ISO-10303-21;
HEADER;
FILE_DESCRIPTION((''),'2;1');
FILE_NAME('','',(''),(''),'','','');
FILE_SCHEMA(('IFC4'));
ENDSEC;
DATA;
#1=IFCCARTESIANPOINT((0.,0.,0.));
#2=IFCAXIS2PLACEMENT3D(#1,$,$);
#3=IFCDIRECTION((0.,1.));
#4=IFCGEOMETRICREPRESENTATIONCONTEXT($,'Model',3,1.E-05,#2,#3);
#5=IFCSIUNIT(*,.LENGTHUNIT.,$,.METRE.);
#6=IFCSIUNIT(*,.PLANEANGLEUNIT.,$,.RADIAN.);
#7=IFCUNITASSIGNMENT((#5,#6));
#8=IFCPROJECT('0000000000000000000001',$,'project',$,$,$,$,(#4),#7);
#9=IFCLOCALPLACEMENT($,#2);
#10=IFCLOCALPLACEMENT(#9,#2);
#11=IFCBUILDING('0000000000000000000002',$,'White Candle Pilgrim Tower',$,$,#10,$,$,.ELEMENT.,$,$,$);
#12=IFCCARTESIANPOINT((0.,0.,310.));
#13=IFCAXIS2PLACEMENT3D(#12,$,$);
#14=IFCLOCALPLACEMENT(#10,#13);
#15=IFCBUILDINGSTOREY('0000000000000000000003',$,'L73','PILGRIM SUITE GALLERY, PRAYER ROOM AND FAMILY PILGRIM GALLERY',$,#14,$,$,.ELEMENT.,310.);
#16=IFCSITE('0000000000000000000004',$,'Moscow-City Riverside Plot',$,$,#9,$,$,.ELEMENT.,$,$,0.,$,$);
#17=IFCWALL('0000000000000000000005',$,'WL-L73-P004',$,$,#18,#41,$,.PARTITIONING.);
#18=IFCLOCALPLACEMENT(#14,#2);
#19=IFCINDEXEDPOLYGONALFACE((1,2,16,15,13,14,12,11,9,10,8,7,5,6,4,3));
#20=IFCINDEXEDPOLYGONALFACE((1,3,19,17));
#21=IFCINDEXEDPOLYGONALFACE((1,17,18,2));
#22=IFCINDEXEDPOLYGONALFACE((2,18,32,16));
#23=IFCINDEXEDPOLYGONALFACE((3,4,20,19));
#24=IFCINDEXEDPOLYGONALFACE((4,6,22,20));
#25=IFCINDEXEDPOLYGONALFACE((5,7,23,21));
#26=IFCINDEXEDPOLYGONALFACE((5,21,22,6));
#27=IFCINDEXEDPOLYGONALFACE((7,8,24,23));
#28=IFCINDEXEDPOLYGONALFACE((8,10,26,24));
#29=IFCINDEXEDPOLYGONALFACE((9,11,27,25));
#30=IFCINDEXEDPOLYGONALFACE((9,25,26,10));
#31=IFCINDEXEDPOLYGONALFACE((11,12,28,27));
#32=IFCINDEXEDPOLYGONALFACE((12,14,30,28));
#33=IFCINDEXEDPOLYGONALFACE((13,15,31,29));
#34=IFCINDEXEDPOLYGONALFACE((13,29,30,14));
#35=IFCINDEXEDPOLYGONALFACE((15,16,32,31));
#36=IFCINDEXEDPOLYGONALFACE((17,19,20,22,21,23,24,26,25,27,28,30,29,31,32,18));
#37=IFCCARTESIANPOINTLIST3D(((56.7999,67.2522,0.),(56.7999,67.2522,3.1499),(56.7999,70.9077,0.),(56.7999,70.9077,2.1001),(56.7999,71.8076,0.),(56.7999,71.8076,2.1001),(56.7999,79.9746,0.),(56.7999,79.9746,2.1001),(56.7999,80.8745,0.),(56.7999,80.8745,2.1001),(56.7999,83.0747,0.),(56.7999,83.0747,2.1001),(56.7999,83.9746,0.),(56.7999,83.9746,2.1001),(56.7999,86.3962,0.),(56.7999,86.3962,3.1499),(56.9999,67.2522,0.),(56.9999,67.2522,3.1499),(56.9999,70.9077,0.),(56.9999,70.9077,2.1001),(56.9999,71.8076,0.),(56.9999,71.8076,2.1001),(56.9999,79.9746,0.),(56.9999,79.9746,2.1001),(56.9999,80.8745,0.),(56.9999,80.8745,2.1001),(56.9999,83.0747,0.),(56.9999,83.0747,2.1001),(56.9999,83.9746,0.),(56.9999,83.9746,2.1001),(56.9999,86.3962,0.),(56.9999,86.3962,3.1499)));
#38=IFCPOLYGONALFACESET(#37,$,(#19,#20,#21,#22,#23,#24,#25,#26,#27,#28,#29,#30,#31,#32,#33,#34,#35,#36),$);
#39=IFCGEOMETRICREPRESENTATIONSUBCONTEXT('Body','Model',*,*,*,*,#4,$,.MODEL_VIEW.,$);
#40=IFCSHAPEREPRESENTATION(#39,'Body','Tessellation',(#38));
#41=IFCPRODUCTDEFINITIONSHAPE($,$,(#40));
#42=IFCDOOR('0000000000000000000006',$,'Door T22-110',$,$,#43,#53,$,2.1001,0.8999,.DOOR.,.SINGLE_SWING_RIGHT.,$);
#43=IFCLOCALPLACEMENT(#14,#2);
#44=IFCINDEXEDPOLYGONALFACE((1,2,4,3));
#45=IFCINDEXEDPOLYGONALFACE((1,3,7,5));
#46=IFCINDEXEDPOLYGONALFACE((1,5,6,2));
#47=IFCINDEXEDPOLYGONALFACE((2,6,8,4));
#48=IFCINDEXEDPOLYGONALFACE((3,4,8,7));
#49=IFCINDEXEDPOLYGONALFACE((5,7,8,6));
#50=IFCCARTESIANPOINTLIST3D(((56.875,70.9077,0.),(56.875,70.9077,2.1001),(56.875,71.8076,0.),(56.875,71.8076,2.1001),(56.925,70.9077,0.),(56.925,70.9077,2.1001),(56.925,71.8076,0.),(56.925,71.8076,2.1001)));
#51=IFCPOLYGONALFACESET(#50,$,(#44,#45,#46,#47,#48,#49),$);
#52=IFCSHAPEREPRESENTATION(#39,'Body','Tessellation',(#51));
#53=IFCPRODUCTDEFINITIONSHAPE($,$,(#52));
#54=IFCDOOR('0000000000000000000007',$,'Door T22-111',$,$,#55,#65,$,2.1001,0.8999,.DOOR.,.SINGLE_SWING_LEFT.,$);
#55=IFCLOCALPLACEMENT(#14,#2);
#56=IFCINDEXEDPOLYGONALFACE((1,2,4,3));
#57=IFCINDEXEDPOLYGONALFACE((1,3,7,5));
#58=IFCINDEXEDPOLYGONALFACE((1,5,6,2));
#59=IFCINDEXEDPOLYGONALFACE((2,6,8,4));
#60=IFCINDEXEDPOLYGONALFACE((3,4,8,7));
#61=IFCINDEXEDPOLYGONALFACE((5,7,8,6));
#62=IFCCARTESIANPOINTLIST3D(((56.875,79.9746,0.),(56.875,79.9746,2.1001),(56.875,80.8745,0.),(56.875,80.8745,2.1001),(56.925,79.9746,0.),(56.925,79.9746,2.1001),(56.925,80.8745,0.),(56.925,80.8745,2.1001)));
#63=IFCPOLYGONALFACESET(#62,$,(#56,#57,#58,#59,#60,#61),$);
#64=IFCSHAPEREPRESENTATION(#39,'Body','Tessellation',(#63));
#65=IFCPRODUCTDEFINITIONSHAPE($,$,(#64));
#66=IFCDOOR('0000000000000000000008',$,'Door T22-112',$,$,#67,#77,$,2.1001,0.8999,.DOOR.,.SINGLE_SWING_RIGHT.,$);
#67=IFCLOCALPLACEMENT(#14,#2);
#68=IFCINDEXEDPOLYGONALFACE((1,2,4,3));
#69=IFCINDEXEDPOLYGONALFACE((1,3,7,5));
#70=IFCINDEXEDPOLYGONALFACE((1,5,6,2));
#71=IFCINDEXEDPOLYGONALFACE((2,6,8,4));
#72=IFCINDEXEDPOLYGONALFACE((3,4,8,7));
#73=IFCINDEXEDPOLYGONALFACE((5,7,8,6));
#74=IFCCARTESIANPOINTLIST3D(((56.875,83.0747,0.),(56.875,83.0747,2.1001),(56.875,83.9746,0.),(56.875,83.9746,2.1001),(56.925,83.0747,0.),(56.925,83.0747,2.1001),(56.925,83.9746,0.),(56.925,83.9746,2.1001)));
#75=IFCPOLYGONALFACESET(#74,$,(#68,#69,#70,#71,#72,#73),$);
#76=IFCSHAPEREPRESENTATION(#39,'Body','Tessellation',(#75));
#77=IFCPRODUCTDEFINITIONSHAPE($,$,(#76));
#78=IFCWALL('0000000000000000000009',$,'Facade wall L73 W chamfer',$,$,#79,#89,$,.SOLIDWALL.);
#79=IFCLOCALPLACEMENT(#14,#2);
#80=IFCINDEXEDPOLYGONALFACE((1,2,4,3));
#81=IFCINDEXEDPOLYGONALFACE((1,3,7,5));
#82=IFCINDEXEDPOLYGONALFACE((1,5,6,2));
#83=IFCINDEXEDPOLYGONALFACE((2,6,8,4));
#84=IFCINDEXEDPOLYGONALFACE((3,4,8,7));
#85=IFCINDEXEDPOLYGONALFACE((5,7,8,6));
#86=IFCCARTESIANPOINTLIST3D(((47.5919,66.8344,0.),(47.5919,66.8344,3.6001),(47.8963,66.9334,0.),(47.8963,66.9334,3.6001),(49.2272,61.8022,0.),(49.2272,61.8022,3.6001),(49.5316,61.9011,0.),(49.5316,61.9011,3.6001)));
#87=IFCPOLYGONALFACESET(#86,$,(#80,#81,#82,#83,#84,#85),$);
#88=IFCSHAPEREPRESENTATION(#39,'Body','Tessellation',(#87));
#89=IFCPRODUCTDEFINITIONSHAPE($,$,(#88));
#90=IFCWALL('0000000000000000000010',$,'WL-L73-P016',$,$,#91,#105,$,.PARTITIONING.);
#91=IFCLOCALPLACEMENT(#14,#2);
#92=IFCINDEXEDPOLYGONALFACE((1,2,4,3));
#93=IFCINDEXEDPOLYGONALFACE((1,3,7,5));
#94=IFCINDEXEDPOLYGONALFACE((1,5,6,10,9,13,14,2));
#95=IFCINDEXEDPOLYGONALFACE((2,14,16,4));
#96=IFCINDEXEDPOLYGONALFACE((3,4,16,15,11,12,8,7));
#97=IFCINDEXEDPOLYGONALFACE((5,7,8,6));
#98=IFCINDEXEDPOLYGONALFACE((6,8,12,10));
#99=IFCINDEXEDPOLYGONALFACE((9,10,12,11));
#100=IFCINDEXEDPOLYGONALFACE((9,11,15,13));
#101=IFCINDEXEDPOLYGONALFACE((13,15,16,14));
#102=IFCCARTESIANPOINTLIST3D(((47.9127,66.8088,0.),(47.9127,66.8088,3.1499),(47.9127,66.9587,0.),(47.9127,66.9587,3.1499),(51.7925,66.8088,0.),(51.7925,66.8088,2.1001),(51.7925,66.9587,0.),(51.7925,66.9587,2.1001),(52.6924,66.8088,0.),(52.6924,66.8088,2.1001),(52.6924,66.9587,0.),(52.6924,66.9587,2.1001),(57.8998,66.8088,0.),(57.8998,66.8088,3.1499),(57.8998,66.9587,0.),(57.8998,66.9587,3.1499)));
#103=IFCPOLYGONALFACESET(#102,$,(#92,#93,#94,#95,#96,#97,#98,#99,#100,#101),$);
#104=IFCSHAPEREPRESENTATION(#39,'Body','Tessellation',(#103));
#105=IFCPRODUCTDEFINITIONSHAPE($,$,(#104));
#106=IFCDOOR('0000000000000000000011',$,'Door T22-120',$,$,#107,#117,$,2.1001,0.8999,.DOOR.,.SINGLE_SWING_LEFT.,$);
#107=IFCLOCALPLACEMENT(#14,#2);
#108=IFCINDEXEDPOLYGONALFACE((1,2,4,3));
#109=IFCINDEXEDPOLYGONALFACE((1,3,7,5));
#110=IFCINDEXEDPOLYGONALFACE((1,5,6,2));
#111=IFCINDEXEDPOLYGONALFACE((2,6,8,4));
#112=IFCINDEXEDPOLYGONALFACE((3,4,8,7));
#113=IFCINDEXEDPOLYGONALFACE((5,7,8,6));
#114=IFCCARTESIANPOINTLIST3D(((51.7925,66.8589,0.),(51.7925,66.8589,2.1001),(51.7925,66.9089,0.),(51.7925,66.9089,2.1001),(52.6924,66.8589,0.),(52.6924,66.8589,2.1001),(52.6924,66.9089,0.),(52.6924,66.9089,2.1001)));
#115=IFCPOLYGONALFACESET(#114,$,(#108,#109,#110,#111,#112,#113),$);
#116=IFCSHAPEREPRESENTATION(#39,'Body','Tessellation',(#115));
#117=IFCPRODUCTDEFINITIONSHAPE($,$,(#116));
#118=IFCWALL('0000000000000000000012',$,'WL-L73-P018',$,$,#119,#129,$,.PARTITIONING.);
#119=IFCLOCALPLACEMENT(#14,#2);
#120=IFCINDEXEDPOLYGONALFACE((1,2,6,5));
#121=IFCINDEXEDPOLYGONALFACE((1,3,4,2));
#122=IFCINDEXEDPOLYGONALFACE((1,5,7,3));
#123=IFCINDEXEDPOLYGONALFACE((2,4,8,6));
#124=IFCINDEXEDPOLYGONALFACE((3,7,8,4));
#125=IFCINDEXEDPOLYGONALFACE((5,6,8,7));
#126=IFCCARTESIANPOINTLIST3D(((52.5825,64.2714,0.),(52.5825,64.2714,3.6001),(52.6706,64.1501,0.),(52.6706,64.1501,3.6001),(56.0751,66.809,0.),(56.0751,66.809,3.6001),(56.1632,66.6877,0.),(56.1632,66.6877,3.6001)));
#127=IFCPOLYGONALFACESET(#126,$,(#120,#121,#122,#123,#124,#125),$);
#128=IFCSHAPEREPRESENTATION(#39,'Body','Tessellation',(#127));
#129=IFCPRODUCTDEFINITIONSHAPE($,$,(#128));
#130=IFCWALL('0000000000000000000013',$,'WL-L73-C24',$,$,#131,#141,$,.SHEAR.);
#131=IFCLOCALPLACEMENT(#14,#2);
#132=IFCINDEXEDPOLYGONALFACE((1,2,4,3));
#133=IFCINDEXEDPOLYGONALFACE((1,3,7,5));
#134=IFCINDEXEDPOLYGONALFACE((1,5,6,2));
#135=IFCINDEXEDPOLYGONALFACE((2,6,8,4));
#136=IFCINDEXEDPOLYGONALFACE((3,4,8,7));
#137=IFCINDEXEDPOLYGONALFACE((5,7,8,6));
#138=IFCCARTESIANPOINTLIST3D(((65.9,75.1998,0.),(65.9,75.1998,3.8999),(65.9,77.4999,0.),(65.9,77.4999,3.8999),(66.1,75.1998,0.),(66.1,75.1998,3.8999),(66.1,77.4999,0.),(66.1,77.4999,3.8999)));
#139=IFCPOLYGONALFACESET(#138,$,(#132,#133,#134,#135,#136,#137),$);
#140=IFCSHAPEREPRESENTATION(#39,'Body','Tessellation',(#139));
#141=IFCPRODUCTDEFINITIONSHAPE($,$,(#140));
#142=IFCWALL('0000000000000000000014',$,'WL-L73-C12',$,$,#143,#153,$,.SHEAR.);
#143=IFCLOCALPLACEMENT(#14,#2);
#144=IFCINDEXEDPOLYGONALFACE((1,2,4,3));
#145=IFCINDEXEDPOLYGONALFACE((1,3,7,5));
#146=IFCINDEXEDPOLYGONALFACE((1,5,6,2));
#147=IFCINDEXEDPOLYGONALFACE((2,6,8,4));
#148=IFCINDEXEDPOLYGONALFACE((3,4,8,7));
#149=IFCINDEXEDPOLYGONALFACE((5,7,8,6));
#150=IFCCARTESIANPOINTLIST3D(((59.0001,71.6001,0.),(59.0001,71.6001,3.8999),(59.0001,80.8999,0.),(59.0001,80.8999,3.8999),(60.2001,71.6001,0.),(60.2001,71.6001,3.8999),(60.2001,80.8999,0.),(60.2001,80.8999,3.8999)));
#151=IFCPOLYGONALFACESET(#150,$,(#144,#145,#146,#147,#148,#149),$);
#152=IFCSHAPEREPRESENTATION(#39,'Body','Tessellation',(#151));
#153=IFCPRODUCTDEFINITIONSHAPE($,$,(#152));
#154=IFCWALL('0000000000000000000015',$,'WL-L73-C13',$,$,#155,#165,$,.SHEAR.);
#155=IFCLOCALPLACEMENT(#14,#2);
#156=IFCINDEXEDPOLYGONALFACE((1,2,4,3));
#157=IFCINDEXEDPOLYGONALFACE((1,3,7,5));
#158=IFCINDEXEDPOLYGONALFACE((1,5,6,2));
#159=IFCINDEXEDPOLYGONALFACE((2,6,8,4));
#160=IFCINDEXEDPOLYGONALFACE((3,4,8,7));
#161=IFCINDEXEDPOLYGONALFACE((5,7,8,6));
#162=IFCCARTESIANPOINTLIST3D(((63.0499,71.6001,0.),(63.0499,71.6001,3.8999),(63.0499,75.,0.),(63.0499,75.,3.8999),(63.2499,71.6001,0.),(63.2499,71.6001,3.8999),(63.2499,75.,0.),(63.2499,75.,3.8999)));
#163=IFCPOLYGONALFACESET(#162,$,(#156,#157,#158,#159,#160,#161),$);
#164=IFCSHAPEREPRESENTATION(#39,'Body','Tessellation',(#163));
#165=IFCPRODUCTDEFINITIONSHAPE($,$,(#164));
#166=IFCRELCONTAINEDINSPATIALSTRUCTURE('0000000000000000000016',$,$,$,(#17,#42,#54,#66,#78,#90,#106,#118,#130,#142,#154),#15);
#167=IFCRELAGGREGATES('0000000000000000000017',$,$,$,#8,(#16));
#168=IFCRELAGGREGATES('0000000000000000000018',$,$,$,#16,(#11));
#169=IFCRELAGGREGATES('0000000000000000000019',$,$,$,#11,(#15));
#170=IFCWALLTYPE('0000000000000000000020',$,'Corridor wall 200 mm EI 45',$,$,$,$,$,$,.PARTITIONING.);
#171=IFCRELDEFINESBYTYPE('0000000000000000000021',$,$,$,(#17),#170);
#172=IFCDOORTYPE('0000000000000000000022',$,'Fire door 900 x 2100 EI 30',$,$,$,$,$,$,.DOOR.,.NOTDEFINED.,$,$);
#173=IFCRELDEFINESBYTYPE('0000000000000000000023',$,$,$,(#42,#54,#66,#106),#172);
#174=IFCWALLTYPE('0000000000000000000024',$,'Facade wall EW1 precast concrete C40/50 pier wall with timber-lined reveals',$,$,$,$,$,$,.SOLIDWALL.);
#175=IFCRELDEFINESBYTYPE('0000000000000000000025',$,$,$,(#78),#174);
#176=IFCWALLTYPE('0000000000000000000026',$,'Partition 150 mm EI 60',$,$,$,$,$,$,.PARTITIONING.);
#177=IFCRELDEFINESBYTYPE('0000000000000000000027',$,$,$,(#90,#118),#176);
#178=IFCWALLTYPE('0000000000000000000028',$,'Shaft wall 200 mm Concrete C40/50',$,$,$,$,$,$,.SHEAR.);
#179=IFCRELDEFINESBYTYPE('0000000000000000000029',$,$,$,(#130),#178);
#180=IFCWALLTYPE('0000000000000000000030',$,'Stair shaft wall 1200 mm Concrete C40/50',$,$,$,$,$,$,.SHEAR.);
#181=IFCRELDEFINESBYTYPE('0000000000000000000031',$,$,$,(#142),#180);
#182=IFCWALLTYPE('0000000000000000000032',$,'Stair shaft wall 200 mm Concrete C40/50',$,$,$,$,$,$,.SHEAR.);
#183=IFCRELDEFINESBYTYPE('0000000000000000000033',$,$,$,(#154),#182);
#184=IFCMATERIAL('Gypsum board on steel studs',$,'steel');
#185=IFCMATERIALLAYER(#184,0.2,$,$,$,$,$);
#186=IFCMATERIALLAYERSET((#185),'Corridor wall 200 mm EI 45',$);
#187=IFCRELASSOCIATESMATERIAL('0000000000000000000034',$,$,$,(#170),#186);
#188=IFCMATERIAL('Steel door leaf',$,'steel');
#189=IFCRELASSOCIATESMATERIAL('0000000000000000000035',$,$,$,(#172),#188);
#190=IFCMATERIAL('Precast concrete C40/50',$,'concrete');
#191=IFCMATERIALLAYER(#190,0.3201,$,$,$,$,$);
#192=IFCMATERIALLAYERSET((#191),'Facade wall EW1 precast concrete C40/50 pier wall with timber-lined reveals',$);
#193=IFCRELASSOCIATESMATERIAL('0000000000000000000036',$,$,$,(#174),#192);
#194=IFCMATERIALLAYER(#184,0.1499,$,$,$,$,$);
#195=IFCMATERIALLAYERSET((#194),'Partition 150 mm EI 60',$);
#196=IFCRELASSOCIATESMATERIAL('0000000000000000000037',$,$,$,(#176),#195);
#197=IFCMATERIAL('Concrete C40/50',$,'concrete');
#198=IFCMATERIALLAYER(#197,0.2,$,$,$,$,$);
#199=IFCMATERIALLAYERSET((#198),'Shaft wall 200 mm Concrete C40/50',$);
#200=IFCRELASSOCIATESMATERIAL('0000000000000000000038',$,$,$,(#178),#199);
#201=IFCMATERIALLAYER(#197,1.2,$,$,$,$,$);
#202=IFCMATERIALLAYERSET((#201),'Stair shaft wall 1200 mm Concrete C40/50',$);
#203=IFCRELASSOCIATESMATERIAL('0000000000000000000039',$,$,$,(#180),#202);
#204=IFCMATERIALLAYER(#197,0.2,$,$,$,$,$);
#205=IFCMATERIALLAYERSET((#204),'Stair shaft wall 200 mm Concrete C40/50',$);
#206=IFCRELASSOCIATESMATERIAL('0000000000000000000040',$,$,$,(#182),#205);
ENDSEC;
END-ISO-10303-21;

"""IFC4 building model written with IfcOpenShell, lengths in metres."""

from ifc_helpers import new_model, si_unit, direction, frame, frame_2d, origin, place, context, subcontext, project, spatial, rectangle, extrude, material, layer, layer_set, type_object, element, fill, save


model = new_model("IFC4")

# Units and contexts
model_context = context("Model", 3, precision=1e-05, world=origin(), true_north=direction((0.0, 1.0)))
body_context = subcontext(model_context, "Body", "Model", "MODEL_VIEW")
ifc_project = project(units=[si_unit("LENGTHUNIT", "METRE"), si_unit("PLANEANGLEUNIT", "RADIAN")], contexts=[model_context])

# Site, building, storey
site_placement = place(None, origin())
site = spatial("IfcSite", under=ifc_project, at=site_placement, Name="Moscow-City Riverside Plot", CompositionType="ELEMENT", RefElevation=0.0)
building_placement = place(site_placement, origin())
building = spatial("IfcBuilding", under=site, at=building_placement, Name="White Candle Pilgrim Tower", CompositionType="ELEMENT")
storey_placement = place(building_placement, frame((0.0, 0.0, 310.0)))
storey = spatial("IfcBuildingStorey", under=building, at=storey_placement, Name="L73", Description="PILGRIM SUITE GALLERY, PRAYER ROOM AND FAMILY PILGRIM GALLERY", CompositionType="ELEMENT", Elevation=310.0)

# Wall, openings, doors
ifc_material_1 = material(Name="Gypsum board on steel studs", Category="steel")
ifc_layer_1 = layer(ifc_material_1, 0.2)
ifc_layer_set_1 = layer_set([ifc_layer_1], Name="Corridor wall 200 mm EI 45")
wall_type_1 = type_object("IfcWallType", Name="Corridor wall 200 mm EI 45", PredefinedType="PARTITIONING", material=ifc_layer_set_1)
wall_1_placement = place(storey_placement, frame((56.8999, 67.2522, 0.0), z_axis=(0.0, 0.0, 1.0), x_axis=(0.0, 1.0, 0.0)))
wall_1 = element("IfcWall", 1, at=wall_1_placement, inside=storey, type_object=wall_type_1, Name="WL-L73-P004", PredefinedType="PARTITIONING", context=body_context, shape_type="SweptSolid", body=[
    extrude(rectangle(XDim=19.144, YDim=0.2, at=frame_2d((9.572, 0.0))), origin(), (0.0, 0.0, 1.0), 3.1499),
])
opening_1_placement = place(wall_1_placement, frame((3.6555, 0.0, 0.0)))
opening_1 = element("IfcOpeningElement", 2, at=opening_1_placement, cuts=wall_1, PredefinedType="OPENING", context=body_context, shape_type="SweptSolid", body=[
    extrude(rectangle(XDim=0.8999, YDim=2.1001, at=frame_2d((0.45, 1.05))), frame((0.0, 0.1099, 0.0), z_axis=(0.0, -1.0, 0.0), x_axis=(1.0, 0.0, 0.0)), (0.0, 0.0, 1.0), 0.22),
])
opening_2_placement = place(wall_1_placement, frame((12.7224, 0.0, 0.0)))
opening_2 = element("IfcOpeningElement", 3, at=opening_2_placement, cuts=wall_1, PredefinedType="OPENING", context=body_context, shape_type="SweptSolid", body=[
    extrude(rectangle(XDim=0.8999, YDim=2.1001, at=frame_2d((0.45, 1.05))), frame((0.0, 0.1099, 0.0), z_axis=(0.0, -1.0, 0.0), x_axis=(1.0, 0.0, 0.0)), (0.0, 0.0, 1.0), 0.22),
])
opening_3_placement = place(wall_1_placement, frame((15.8225, 0.0, 0.0)))
opening_3 = element("IfcOpeningElement", 4, at=opening_3_placement, cuts=wall_1, PredefinedType="OPENING", context=body_context, shape_type="SweptSolid", body=[
    extrude(rectangle(XDim=0.8999, YDim=2.1001, at=frame_2d((0.45, 1.05))), frame((0.0, 0.1099, 0.0), z_axis=(0.0, -1.0, 0.0), x_axis=(1.0, 0.0, 0.0)), (0.0, 0.0, 1.0), 0.22),
])
ifc_material_2 = material(Name="Steel door leaf", Category="steel")
door_type_1 = type_object("IfcDoorType", Name="Fire door 900 x 2100 EI 30", OperationType="NOTDEFINED", PredefinedType="DOOR", material=ifc_material_2)
door_1_placement = place(opening_1_placement, origin())
door_1 = element("IfcDoor", 5, at=door_1_placement, inside=storey, type_object=door_type_1, Name="Door T22-110", OperationType="SINGLE_SWING_RIGHT", OverallHeight=2.1001, OverallWidth=0.8999, PredefinedType="DOOR", context=body_context, shape_type="SweptSolid", body=[
    extrude(rectangle(XDim=0.8999, YDim=2.1001, at=frame_2d((0.45, 1.05))), frame((0.0, 0.0249, 0.0), z_axis=(0.0, -1.0, 0.0), x_axis=(1.0, 0.0, 0.0)), (0.0, 0.0, 1.0), 0.05),
])
fill(opening_1, door_1)
door_2_placement = place(opening_2_placement, origin())
door_2 = element("IfcDoor", 6, at=door_2_placement, inside=storey, type_object=door_type_1, Name="Door T22-111", OperationType="SINGLE_SWING_LEFT", OverallHeight=2.1001, OverallWidth=0.8999, PredefinedType="DOOR", context=body_context, shape_type="SweptSolid", body=[
    extrude(rectangle(XDim=0.8999, YDim=2.1001, at=frame_2d((0.45, 1.05))), frame((0.0, 0.0249, 0.0), z_axis=(0.0, -1.0, 0.0), x_axis=(1.0, 0.0, 0.0)), (0.0, 0.0, 1.0), 0.05),
])
fill(opening_2, door_2)
door_3_placement = place(opening_3_placement, origin())
door_3 = element("IfcDoor", 7, at=door_3_placement, inside=storey, type_object=door_type_1, Name="Door T22-112", OperationType="SINGLE_SWING_RIGHT", OverallHeight=2.1001, OverallWidth=0.8999, PredefinedType="DOOR", context=body_context, shape_type="SweptSolid", body=[
    extrude(rectangle(XDim=0.8999, YDim=2.1001, at=frame_2d((0.45, 1.05))), frame((0.0, 0.0249, 0.0), z_axis=(0.0, -1.0, 0.0), x_axis=(1.0, 0.0, 0.0)), (0.0, 0.0, 1.0), 0.05),
])
fill(opening_3, door_3)

# Wall
ifc_material_3 = material(Name="Precast concrete C40/50", Category="concrete")
ifc_layer_2 = layer(ifc_material_3, 0.3201)
ifc_layer_set_2 = layer_set([ifc_layer_2], Name="Facade wall EW1 precast concrete C40/50 pier wall with timber-lined reveals")
wall_type_2 = type_object("IfcWallType", Name="Facade wall EW1 precast concrete C40/50 pier wall with timber-lined reveals", PredefinedType="SOLIDWALL", material=ifc_layer_set_2)
wall_2_placement = place(storey_placement, frame((47.7441, 66.8838, 0.0), z_axis=(0.0, 0.0, 1.0), x_axis=(0.309049, -0.951046, 0.0)))
element("IfcWall", 8, at=wall_2_placement, inside=storey, type_object=wall_type_2, Name="Facade wall L73 W chamfer", PredefinedType="SOLIDWALL", context=body_context, shape_type="SweptSolid", body=[
    extrude(rectangle(XDim=5.2913, YDim=0.3201, at=frame_2d((2.6455, 0.0))), origin(), (0.0, 0.0, 1.0), 3.6001),
])

# Wall, opening, door
ifc_layer_3 = layer(ifc_material_1, 0.1499)
ifc_layer_set_3 = layer_set([ifc_layer_3], Name="Partition 150 mm EI 60")
wall_type_3 = type_object("IfcWallType", Name="Partition 150 mm EI 60", PredefinedType="PARTITIONING", material=ifc_layer_set_3)
wall_3_placement = place(storey_placement, frame((47.9126, 66.8838, 0.0), z_axis=(0.0, 0.0, 1.0), x_axis=(1.0, 0.0, 0.0)))
wall_3 = element("IfcWall", 9, at=wall_3_placement, inside=storey, type_object=wall_type_3, Name="WL-L73-P016", PredefinedType="PARTITIONING", context=body_context, shape_type="SweptSolid", body=[
    extrude(rectangle(XDim=9.9871, YDim=0.1499, at=frame_2d((4.9937, 0.0))), origin(), (0.0, 0.0, 1.0), 3.1499),
])
opening_4_placement = place(wall_3_placement, frame((3.8799, 0.0, 0.0)))
opening_4 = element("IfcOpeningElement", 10, at=opening_4_placement, cuts=wall_3, PredefinedType="OPENING", context=body_context, shape_type="SweptSolid", body=[
    extrude(rectangle(XDim=0.8999, YDim=2.1001, at=frame_2d((0.45, 1.05))), frame((0.0, 0.085, 0.0), z_axis=(0.0, -1.0, 0.0), x_axis=(1.0, 0.0, 0.0)), (0.0, 0.0, 1.0), 0.1699),
])
door_4_placement = place(opening_4_placement, frame((0.8999, 0.0, 0.0), z_axis=(0.0, 0.0, 1.0), x_axis=(-1.0, 0.0, 0.0)))
door_4 = element("IfcDoor", 11, at=door_4_placement, inside=storey, type_object=door_type_1, Name="Door T22-120", OperationType="SINGLE_SWING_LEFT", OverallHeight=2.1001, OverallWidth=0.8999, PredefinedType="DOOR", context=body_context, shape_type="SweptSolid", body=[
    extrude(rectangle(XDim=0.8999, YDim=2.1001, at=frame_2d((0.45, 1.05))), frame((0.0, 0.0249, 0.0), z_axis=(0.0, -1.0, 0.0), x_axis=(1.0, 0.0, 0.0)), (0.0, 0.0, 1.0), 0.05),
])
fill(opening_4, door_4)

# Walls
wall_4_placement = place(storey_placement, frame((52.6265, 64.2107, 0.0), z_axis=(0.0, 0.0, 1.0), x_axis=(0.809015, 0.587788, 0.0)))
element("IfcWall", 12, at=wall_4_placement, inside=storey, type_object=wall_type_3, Name="WL-L73-P018", PredefinedType="PARTITIONING", context=body_context, shape_type="SweptSolid", body=[
    extrude(rectangle(XDim=4.3171, YDim=0.1499, at=frame_2d((2.1587, 0.0))), origin(), (0.0, 0.0, 1.0), 3.6001),
])
ifc_material_4 = material(Name="Concrete C40/50", Category="concrete")
ifc_layer_4 = layer(ifc_material_4, 0.2)
ifc_layer_set_4 = layer_set([ifc_layer_4], Name="Shaft wall 200 mm Concrete C40/50")
wall_type_4 = type_object("IfcWallType", Name="Shaft wall 200 mm Concrete C40/50", PredefinedType="SHEAR", material=ifc_layer_set_4)
wall_5_placement = place(storey_placement, frame((66.0, 75.2, 0.0), z_axis=(0.0, 0.0, 1.0), x_axis=(0.0, 1.0, 0.0)))
element("IfcWall", 13, at=wall_5_placement, inside=storey, type_object=wall_type_4, Name="WL-L73-C24", PredefinedType="SHEAR", context=body_context, shape_type="SweptSolid", body=[
    extrude(rectangle(XDim=2.3, YDim=0.2, at=frame_2d((1.1499, 0.0))), origin(), (0.0, 0.0, 1.0), 3.8999),
])
ifc_layer_5 = layer(ifc_material_4, 1.2)
ifc_layer_set_5 = layer_set([ifc_layer_5], Name="Stair shaft wall 1200 mm Concrete C40/50")
wall_type_5 = type_object("IfcWallType", Name="Stair shaft wall 1200 mm Concrete C40/50", PredefinedType="SHEAR", material=ifc_layer_set_5)
wall_6_placement = place(storey_placement, frame((59.6001, 71.6001, 0.0), z_axis=(0.0, 0.0, 1.0), x_axis=(0.0, 1.0, 0.0)))
element("IfcWall", 14, at=wall_6_placement, inside=storey, type_object=wall_type_5, Name="WL-L73-C12", PredefinedType="SHEAR", context=body_context, shape_type="SweptSolid", body=[
    extrude(rectangle(XDim=9.2998, YDim=1.2, at=frame_2d((4.6499, 0.0))), origin(), (0.0, 0.0, 1.0), 3.8999),
])
ifc_layer_6 = layer(ifc_material_4, 0.2)
ifc_layer_set_6 = layer_set([ifc_layer_6], Name="Stair shaft wall 200 mm Concrete C40/50")
wall_type_6 = type_object("IfcWallType", Name="Stair shaft wall 200 mm Concrete C40/50", PredefinedType="SHEAR", material=ifc_layer_set_6)
wall_7_placement = place(storey_placement, frame((63.1499, 71.6001, 0.0), z_axis=(0.0, 0.0, 1.0), x_axis=(0.0, 1.0, 0.0)))
element("IfcWall", 15, at=wall_7_placement, inside=storey, type_object=wall_type_6, Name="WL-L73-C13", PredefinedType="SHEAR", context=body_context, shape_type="SweptSolid", body=[
    extrude(rectangle(XDim=3.3999, YDim=0.2, at=frame_2d((1.7, 0.0))), origin(), (0.0, 0.0, 1.0), 3.8999),
])

save(model, "model.ifc")
